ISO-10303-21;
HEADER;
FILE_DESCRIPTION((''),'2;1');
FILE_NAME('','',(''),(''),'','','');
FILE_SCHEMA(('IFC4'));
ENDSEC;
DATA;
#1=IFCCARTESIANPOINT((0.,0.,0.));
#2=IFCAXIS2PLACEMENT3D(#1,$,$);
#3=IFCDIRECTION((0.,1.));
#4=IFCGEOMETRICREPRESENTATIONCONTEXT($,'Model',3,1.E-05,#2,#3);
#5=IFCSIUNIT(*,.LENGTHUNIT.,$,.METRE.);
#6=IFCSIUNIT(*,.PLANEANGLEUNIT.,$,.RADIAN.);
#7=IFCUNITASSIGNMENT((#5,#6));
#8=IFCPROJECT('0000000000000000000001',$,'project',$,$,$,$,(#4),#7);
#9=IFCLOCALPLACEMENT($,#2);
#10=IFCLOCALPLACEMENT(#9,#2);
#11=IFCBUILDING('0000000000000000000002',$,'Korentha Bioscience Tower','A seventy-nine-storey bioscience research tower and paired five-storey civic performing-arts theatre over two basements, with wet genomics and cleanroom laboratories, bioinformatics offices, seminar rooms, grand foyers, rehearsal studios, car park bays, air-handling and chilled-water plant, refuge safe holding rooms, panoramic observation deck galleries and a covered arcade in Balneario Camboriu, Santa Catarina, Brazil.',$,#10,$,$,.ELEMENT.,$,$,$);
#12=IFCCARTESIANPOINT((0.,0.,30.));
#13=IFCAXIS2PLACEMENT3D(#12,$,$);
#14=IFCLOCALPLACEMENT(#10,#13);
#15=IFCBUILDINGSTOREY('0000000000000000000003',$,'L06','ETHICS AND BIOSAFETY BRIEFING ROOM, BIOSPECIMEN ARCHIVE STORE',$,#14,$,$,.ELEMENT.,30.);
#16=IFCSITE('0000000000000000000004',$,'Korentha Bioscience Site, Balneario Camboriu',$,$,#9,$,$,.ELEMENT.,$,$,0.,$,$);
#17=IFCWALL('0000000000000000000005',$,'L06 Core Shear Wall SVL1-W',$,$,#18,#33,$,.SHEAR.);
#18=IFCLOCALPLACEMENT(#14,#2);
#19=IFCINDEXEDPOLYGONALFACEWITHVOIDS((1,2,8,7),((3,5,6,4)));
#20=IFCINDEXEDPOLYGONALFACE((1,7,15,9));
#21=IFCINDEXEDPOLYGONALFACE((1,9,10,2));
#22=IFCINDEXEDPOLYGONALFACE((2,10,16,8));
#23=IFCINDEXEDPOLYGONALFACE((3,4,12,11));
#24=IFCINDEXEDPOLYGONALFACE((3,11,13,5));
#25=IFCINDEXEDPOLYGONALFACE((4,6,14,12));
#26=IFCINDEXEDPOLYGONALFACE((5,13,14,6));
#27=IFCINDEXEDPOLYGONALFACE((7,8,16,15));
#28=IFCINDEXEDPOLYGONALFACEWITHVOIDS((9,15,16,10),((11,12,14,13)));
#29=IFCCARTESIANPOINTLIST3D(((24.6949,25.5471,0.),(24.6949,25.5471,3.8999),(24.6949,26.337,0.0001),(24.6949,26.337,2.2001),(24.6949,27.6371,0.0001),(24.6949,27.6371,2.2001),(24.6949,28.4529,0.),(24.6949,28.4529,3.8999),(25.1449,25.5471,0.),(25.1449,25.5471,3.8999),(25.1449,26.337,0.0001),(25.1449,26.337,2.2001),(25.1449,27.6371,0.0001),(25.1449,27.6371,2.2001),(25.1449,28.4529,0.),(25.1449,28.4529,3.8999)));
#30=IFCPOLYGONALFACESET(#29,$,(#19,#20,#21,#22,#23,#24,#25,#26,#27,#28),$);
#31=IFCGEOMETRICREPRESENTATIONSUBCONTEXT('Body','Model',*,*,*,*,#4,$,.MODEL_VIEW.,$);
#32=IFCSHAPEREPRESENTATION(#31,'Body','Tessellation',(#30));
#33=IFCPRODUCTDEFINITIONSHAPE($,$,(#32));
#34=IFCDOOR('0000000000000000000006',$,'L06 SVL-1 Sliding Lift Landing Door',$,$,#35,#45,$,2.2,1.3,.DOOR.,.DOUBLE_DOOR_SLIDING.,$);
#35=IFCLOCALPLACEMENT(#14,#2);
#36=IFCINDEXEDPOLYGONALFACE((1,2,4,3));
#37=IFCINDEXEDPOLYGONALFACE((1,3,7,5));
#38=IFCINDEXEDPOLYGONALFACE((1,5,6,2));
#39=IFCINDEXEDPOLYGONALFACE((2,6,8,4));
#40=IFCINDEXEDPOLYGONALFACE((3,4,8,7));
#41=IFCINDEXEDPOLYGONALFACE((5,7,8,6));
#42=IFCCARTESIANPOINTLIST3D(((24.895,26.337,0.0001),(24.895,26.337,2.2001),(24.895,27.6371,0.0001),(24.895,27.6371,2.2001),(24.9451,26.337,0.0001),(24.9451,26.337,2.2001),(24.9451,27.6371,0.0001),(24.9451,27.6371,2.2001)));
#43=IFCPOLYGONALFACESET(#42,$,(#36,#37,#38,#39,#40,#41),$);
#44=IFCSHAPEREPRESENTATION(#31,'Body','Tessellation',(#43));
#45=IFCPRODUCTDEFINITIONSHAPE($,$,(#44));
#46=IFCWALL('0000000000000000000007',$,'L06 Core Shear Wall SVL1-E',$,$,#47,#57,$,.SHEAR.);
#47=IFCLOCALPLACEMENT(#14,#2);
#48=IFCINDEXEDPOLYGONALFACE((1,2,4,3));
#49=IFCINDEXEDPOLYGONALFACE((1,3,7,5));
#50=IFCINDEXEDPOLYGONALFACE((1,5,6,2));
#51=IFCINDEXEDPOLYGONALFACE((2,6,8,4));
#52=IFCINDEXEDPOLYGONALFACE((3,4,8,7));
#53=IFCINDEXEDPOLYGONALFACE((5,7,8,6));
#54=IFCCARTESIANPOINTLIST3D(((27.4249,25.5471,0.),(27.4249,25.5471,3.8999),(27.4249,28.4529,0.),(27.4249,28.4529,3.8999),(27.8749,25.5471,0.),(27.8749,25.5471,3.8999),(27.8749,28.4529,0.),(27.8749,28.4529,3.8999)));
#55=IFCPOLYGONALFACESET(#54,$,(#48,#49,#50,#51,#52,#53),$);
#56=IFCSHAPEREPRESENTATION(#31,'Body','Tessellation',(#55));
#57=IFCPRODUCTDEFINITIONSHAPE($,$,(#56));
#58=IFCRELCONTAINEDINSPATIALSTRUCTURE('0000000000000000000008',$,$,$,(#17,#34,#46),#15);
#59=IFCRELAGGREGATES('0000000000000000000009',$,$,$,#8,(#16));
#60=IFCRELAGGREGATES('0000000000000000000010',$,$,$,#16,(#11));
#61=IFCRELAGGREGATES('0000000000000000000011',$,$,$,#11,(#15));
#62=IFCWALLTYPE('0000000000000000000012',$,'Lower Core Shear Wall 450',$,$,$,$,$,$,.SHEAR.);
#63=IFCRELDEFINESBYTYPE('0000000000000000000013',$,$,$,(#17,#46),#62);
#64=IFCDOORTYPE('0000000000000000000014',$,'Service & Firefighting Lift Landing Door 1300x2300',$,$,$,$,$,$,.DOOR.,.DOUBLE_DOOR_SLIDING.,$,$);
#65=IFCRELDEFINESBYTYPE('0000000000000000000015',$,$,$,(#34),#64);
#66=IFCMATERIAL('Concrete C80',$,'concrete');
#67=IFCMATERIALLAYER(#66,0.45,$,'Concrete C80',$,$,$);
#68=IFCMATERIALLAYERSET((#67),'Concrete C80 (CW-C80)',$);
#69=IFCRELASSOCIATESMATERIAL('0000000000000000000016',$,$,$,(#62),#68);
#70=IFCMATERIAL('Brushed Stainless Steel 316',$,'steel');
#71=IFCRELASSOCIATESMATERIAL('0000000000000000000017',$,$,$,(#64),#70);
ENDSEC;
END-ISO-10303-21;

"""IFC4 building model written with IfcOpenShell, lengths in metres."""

from ifc_helpers import new_model, si_unit, direction, frame, frame_2d, origin, place, context, subcontext, project, spatial, rectangle, extrude, material, layer, layer_set, type_object, element, fill, save


model = new_model("IFC4")

# Units and contexts
model_context = context("Model", 3, precision=1e-05, world=origin(), true_north=direction((0.0, 1.0)))
body_context = subcontext(model_context, "Body", "Model", "MODEL_VIEW")
ifc_project = project(units=[si_unit("LENGTHUNIT", "METRE"), si_unit("PLANEANGLEUNIT", "RADIAN")], contexts=[model_context])

# Site, building, storey
site_placement = place(None, origin())
site = spatial("IfcSite", under=ifc_project, at=site_placement, Name="Korentha Bioscience Site, Balneario Camboriu", CompositionType="ELEMENT", RefElevation=0.0)
building_placement = place(site_placement, origin())
building = spatial("IfcBuilding", under=site, at=building_placement, Name="Korentha Bioscience Tower", Description="A seventy-nine-storey bioscience research tower and paired five-storey civic performing-arts theatre over two basements, with wet genomics and cleanroom laboratories, bioinformatics offices, seminar rooms, grand foyers, rehearsal studios, car park bays, air-handling and chilled-water plant, refuge safe holding rooms, panoramic observation deck galleries and a covered arcade in Balneario Camboriu, Santa Catarina, Brazil.", CompositionType="ELEMENT")
storey_placement = place(building_placement, frame((0.0, 0.0, 30.0)))
storey = spatial("IfcBuildingStorey", under=building, at=storey_placement, Name="L06", Description="ETHICS AND BIOSAFETY BRIEFING ROOM, BIOSPECIMEN ARCHIVE STORE", CompositionType="ELEMENT", Elevation=30.0)

# Shared definitions
ifc_material_1 = material(Name="Concrete C80", Category="concrete")
ifc_layer_1 = layer(ifc_material_1, 0.45, Name="Concrete C80")
ifc_layer_set_1 = layer_set([ifc_layer_1], Name="Concrete C80 (CW-C80)")
wall_type_1 = type_object("IfcWallType", Name="Lower Core Shear Wall 450", PredefinedType="SHEAR", material=ifc_layer_set_1)

# Shared definitions
ifc_material_2 = material(Name="Brushed Stainless Steel 316", Category="steel")
door_type_1 = type_object("IfcDoorType", Name="Service & Firefighting Lift Landing Door 1300x2300", OperationType="DOUBLE_DOOR_SLIDING", PredefinedType="DOOR", material=ifc_material_2)

# Wall, opening, door
wall_1_placement = place(storey_placement, frame((24.9199, 25.5471, 0.0), z_axis=(0.0, 0.0, 1.0), x_axis=(0.0, 1.0, 0.0)))
wall_1 = element("IfcWall", 1, at=wall_1_placement, inside=storey, type_object=wall_type_1, Name="L06 Core Shear Wall SVL1-W", PredefinedType="SHEAR", context=body_context, shape_type="SweptSolid", body=[
    extrude(rectangle(XDim=2.9058, YDim=0.45, at=frame_2d((1.4529, 0.0))), origin(), (0.0, 0.0, 1.0), 3.8999),
])
opening_1_placement = place(wall_1_placement, frame((0.79, 0.0, 0.0)))
opening_1 = element("IfcOpeningElement", 2, at=opening_1_placement, cuts=wall_1, PredefinedType="OPENING", context=body_context, shape_type="SweptSolid", body=[
    extrude(rectangle(XDim=1.3, YDim=2.2, at=frame_2d((0.6499, 1.1001))), frame((0.0, 0.2397, 0.0), z_axis=(0.0, -1.0, 0.0), x_axis=(1.0, 0.0, 0.0)), (0.0, 0.0, 1.0), 0.4797),
])
door_1_placement = place(opening_1_placement, origin())
door_1 = element("IfcDoor", 3, at=door_1_placement, inside=storey, type_object=door_type_1, Name="L06 SVL-1 Sliding Lift Landing Door", OperationType="DOUBLE_DOOR_SLIDING", OverallHeight=2.2, OverallWidth=1.3, PredefinedType="DOOR", context=body_context, shape_type="SweptSolid", body=[
    extrude(rectangle(XDim=1.3, YDim=2.2, at=frame_2d((0.6499, 1.1001))), frame((0.0, 0.0249, 0.0), z_axis=(0.0, -1.0, 0.0), x_axis=(1.0, 0.0, 0.0)), (0.0, 0.0, 1.0), 0.05),
])
fill(opening_1, door_1)

# Wall
wall_2_placement = place(storey_placement, frame((27.6499, 25.5471, 0.0), z_axis=(0.0, 0.0, 1.0), x_axis=(0.0, 1.0, 0.0)))
element("IfcWall", 4, at=wall_2_placement, inside=storey, type_object=wall_type_1, Name="L06 Core Shear Wall SVL1-E", PredefinedType="SHEAR", context=body_context, shape_type="SweptSolid", body=[
    extrude(rectangle(XDim=2.9058, YDim=0.45, at=frame_2d((1.4529, 0.0))), origin(), (0.0, 0.0, 1.0), 3.8999),
])

save(model, "model.ifc")
